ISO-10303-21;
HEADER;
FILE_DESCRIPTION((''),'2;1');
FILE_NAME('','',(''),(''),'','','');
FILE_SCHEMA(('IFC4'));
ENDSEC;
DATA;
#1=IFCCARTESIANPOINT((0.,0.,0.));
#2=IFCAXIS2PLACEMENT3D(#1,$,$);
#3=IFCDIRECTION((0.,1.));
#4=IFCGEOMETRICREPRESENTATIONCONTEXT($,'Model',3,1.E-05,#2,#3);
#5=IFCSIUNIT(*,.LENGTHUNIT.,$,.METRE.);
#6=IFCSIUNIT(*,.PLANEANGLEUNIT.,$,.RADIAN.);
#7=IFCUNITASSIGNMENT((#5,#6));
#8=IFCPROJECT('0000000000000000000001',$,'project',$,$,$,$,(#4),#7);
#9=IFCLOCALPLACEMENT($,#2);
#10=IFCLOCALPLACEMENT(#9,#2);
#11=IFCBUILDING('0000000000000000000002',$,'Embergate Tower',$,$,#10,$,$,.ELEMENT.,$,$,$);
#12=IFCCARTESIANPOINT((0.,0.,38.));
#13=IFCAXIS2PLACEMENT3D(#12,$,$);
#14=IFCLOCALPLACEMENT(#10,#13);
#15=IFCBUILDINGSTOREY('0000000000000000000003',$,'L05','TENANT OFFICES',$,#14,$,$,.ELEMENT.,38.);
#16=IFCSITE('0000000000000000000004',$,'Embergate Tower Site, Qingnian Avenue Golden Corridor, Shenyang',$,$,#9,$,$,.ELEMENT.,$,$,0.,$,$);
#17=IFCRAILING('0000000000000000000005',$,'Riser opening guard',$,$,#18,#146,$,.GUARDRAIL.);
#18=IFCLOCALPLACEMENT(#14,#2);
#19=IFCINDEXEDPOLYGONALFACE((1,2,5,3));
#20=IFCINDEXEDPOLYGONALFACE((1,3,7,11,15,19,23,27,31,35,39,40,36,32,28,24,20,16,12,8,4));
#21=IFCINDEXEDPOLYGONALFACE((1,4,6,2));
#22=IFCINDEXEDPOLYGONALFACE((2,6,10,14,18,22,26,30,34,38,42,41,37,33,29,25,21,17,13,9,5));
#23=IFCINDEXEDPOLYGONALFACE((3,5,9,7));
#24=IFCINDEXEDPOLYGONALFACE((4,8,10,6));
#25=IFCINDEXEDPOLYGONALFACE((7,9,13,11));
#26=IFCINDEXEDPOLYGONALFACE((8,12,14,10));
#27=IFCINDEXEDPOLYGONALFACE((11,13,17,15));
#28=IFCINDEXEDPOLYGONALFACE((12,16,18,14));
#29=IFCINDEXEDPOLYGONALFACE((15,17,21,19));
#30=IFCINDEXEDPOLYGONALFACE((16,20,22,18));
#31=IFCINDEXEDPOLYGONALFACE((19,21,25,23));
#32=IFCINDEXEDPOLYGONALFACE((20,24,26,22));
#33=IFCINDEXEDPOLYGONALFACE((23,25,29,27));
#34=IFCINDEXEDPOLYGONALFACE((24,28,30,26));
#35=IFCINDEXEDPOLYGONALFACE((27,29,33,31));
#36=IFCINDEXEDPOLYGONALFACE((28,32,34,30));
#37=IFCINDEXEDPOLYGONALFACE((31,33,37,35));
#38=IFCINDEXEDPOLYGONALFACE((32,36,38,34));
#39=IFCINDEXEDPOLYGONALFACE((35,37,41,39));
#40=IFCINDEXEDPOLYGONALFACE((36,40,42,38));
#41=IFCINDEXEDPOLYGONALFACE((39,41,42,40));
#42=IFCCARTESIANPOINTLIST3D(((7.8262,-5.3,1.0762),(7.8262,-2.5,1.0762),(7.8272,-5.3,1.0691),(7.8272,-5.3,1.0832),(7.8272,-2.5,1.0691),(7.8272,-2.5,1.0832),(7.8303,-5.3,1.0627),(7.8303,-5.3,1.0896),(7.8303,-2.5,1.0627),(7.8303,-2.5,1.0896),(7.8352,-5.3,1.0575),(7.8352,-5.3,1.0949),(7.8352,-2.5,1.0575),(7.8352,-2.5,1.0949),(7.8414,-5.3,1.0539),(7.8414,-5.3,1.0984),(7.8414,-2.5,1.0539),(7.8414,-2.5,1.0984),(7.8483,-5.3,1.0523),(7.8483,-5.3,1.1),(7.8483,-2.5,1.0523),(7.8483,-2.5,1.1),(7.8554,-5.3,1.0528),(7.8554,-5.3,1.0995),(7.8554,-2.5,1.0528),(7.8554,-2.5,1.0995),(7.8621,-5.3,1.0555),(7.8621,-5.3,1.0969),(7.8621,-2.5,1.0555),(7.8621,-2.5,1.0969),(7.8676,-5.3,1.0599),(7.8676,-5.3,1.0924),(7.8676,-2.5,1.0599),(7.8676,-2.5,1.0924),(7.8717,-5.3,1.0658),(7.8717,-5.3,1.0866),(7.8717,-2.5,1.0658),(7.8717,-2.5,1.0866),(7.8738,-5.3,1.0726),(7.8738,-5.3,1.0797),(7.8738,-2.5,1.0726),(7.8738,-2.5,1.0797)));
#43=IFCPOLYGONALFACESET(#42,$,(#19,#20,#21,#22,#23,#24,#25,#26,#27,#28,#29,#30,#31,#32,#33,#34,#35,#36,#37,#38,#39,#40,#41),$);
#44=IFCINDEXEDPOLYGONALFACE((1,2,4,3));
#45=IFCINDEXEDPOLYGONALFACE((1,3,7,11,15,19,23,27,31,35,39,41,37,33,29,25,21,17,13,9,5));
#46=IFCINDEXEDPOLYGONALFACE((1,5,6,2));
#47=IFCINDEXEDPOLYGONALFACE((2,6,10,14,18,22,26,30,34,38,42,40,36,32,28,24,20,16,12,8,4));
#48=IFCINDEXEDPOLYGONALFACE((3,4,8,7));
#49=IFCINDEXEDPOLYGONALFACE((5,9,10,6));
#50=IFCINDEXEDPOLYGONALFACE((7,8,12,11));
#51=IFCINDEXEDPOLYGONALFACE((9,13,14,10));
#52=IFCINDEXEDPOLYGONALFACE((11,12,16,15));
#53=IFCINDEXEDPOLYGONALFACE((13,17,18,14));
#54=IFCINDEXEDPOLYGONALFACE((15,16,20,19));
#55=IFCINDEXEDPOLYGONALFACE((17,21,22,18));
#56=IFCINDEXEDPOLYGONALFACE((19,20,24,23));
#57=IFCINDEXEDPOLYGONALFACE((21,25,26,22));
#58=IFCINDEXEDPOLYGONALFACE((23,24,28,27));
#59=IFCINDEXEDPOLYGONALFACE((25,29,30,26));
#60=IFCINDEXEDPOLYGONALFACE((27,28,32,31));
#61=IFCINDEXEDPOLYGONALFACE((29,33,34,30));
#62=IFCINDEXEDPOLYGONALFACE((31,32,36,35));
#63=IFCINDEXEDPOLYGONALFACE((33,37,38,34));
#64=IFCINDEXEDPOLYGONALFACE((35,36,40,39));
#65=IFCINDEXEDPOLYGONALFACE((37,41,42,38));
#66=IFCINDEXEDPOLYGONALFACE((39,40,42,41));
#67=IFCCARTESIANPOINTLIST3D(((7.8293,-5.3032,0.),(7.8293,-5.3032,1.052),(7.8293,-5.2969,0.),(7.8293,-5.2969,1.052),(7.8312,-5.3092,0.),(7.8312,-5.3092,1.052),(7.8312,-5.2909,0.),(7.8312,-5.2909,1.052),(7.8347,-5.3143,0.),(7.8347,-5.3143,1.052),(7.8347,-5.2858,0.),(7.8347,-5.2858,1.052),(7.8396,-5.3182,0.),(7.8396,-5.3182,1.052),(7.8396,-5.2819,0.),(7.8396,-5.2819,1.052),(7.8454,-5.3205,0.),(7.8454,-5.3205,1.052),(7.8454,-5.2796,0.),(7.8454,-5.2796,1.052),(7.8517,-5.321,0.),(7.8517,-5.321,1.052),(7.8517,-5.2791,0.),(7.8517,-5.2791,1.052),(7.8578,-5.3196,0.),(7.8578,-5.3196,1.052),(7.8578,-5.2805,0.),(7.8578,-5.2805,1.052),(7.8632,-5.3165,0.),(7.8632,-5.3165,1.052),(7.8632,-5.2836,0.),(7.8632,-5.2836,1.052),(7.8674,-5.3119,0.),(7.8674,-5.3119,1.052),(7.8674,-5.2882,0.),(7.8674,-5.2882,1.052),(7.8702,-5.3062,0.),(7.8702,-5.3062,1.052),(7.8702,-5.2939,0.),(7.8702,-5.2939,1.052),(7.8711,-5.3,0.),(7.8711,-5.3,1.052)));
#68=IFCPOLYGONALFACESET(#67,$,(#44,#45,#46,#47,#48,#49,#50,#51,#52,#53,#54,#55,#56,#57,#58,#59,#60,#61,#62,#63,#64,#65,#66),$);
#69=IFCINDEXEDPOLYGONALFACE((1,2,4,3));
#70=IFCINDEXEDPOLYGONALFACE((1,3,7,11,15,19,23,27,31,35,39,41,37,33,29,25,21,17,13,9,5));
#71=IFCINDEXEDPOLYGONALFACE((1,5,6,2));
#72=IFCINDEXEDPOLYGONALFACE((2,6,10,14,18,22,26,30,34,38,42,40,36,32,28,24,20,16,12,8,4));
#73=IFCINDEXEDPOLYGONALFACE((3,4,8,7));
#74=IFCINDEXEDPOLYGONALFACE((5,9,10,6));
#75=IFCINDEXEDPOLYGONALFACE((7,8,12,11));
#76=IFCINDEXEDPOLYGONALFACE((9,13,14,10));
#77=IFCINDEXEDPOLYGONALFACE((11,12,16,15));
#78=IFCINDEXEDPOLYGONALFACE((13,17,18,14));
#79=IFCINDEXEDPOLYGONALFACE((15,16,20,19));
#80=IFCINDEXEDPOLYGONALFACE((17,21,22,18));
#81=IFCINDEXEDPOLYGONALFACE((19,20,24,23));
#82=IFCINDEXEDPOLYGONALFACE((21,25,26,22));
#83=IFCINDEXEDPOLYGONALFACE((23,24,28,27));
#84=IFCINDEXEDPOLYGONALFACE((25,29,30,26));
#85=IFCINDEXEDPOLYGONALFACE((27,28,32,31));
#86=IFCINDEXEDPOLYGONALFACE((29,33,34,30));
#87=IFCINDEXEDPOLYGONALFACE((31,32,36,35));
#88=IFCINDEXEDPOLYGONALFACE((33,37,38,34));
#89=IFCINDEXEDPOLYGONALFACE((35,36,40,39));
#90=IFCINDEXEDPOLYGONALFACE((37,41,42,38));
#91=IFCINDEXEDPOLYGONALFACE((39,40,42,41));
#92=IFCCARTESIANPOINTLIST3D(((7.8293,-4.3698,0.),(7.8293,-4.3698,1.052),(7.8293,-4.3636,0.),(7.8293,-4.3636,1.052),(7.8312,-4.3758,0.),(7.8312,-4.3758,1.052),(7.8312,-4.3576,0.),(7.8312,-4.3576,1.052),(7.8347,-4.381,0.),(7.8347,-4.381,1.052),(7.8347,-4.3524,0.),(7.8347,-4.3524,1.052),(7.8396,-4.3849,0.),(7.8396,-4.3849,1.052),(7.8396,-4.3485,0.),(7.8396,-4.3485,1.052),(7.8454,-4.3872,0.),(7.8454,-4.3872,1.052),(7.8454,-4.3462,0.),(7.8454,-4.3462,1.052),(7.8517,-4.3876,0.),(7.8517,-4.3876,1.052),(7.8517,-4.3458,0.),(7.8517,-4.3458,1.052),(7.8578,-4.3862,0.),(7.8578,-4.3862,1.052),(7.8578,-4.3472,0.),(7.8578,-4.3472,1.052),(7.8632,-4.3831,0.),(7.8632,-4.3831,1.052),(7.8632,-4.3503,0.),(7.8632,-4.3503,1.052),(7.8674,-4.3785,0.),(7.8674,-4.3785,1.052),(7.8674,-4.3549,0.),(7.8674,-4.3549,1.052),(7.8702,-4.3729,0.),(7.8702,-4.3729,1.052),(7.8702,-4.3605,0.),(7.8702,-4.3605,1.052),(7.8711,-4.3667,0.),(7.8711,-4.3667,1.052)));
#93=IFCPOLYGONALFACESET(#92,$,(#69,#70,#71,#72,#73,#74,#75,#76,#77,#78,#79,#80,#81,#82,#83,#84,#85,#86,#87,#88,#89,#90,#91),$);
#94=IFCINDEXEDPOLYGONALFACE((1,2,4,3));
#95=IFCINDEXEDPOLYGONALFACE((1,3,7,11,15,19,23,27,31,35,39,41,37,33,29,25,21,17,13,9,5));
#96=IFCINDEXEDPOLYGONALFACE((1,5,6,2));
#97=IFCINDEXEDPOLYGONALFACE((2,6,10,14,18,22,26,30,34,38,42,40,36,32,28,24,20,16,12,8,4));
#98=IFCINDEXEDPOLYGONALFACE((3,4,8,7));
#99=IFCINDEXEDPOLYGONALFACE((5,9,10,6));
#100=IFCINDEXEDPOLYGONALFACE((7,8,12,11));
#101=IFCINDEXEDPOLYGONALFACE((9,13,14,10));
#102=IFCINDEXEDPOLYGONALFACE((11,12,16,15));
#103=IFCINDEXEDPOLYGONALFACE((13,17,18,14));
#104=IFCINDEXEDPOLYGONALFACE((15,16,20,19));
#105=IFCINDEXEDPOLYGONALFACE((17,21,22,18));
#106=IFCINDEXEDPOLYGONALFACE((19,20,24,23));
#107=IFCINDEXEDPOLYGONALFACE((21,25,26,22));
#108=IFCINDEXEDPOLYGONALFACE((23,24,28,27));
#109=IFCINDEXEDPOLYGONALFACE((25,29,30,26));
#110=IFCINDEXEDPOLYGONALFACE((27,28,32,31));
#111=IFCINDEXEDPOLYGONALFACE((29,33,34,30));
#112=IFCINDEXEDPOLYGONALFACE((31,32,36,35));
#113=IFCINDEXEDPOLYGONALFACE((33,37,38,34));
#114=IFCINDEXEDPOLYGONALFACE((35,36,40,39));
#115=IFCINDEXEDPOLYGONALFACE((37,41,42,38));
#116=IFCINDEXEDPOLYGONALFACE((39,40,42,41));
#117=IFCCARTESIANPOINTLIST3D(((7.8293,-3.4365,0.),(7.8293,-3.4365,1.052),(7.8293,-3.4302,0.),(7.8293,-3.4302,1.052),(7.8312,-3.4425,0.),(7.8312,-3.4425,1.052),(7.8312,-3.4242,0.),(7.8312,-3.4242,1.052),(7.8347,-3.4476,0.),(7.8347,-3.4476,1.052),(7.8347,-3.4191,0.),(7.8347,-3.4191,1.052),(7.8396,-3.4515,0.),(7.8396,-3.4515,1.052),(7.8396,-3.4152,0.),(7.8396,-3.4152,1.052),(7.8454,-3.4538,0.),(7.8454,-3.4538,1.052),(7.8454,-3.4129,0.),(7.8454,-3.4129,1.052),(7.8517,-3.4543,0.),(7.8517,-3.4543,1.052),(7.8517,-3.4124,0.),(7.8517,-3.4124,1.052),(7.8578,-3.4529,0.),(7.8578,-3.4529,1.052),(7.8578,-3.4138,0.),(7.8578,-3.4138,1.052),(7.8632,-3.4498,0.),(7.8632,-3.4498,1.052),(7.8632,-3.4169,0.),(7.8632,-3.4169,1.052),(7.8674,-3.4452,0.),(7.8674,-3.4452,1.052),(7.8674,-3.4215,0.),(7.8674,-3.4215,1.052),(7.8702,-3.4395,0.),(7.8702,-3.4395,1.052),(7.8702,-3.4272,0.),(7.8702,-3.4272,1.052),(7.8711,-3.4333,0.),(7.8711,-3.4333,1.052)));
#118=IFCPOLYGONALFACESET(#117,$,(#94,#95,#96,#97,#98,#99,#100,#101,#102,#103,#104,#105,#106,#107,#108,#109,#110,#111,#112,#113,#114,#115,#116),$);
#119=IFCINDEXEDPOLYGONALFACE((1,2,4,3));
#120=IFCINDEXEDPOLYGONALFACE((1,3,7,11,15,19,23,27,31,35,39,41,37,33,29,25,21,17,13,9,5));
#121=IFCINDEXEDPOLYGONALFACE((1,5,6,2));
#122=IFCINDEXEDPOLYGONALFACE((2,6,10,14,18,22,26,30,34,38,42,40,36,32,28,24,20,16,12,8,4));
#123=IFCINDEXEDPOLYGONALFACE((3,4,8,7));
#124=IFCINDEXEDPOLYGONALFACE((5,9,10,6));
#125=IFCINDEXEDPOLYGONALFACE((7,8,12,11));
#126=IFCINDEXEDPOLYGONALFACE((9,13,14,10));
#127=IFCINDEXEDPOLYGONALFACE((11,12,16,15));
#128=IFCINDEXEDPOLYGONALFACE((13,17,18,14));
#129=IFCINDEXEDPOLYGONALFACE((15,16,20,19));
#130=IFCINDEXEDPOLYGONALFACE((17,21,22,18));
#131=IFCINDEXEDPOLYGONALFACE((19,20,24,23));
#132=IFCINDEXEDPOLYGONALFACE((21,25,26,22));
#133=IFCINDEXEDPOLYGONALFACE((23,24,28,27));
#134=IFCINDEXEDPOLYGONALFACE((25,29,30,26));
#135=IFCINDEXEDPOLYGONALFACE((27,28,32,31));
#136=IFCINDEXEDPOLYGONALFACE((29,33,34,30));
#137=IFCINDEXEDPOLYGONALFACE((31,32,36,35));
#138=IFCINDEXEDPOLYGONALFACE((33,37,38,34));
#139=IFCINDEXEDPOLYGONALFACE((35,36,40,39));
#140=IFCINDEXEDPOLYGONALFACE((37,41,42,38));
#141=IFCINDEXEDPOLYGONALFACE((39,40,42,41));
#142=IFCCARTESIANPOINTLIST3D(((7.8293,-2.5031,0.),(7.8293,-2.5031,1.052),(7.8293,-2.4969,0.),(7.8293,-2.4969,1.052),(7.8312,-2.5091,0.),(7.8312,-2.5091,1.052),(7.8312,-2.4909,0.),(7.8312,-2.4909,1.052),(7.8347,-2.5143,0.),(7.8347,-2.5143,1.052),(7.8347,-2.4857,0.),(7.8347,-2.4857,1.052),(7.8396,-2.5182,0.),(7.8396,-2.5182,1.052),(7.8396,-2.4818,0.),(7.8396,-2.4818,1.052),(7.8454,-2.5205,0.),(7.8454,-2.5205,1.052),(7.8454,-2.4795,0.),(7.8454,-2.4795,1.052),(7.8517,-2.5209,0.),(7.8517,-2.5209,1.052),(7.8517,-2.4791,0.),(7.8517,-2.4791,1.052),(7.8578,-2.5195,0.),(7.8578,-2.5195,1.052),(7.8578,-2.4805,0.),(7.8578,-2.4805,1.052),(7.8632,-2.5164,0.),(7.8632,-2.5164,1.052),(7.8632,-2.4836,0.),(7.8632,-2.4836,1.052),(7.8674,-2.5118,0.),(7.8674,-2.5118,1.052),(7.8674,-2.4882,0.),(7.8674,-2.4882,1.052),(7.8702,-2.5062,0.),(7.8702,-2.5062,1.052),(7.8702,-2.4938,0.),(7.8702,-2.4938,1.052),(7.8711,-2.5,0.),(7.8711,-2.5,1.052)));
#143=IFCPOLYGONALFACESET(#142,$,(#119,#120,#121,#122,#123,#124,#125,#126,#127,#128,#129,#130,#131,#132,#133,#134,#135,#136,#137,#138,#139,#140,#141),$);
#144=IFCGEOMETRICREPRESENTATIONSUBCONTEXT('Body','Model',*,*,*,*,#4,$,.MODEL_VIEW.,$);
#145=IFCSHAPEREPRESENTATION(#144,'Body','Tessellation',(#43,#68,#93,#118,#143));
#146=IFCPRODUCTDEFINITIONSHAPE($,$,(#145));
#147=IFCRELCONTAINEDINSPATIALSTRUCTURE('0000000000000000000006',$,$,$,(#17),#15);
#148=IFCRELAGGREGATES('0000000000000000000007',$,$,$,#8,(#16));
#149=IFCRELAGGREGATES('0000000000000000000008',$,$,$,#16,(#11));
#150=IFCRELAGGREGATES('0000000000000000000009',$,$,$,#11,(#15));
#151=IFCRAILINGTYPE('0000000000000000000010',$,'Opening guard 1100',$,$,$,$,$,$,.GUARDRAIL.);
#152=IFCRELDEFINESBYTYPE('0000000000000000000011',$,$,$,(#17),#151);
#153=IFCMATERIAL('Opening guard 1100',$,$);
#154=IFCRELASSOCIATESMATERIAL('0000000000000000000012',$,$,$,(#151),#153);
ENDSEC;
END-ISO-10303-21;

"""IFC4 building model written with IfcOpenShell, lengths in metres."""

from ifc_helpers import new_model, si_unit, direction, frame, origin, origin_2d, place, context, subcontext, project, spatial, circle, extrude, source, transform, mapped, material, type_object, element, save


model = new_model("IFC4")

# Units and contexts
model_context = context("Model", 3, precision=1e-05, world=origin(), true_north=direction((0.0, 1.0)))
body_context = subcontext(model_context, "Body", "Model", "MODEL_VIEW")
ifc_project = project(units=[si_unit("LENGTHUNIT", "METRE"), si_unit("PLANEANGLEUNIT", "RADIAN")], contexts=[model_context])

# Site, building, storey
site_placement = place(None, origin())
site = spatial("IfcSite", under=ifc_project, at=site_placement, Name="Embergate Tower Site, Qingnian Avenue Golden Corridor, Shenyang", CompositionType="ELEMENT", RefElevation=0.0)
building_placement = place(site_placement, origin())
building = spatial("IfcBuilding", under=site, at=building_placement, Name="Embergate Tower", CompositionType="ELEMENT")
storey_placement = place(building_placement, frame((0.0, 0.0, 38.0)))
storey = spatial("IfcBuildingStorey", under=building, at=storey_placement, Name="L05", Description="TENANT OFFICES", CompositionType="ELEMENT", Elevation=38.0)

# Railing
ifc_material_1 = material(Name="Opening guard 1100")
railing_type_1 = type_object("IfcRailingType", Name="Opening guard 1100", PredefinedType="GUARDRAIL", material=ifc_material_1)
shared_shape_1 = source(origin(), body_context, "Body", "SweptSolid", [
    extrude(circle(Radius=0.0239, at=origin_2d()), frame((0.0, 0.0, 1.0762), z_axis=(0.0, 1.0, 0.0), x_axis=(-1.0, 0.0, 0.0)), (0.0, 0.0, 1.0), 2.8),
    extrude(circle(Radius=0.021, at=origin_2d()), origin(), (0.0, 0.0, 1.0), 1.052),
    extrude(circle(Radius=0.021, at=origin_2d()), frame((0.0, 0.9333, 0.0)), (0.0, 0.0, 1.0), 1.052),
    extrude(circle(Radius=0.021, at=origin_2d()), frame((0.0, 1.8667, 0.0)), (0.0, 0.0, 1.0), 1.052),
    extrude(circle(Radius=0.021, at=origin_2d()), frame((0.0, 2.8, 0.0)), (0.0, 0.0, 1.0), 1.052),
])
railing_1_placement = place(storey_placement, frame((7.8501, -5.3, 0.0)))
element("IfcRailing", 1, at=railing_1_placement, inside=storey, type_object=railing_type_1, Name="Riser opening guard", PredefinedType="GUARDRAIL", context=body_context, shape_type="MappedRepresentation", body=[
    mapped(shared_shape_1, transform((0.0, 0.0, 0.0))),
])

save(model, "model.ifc")
